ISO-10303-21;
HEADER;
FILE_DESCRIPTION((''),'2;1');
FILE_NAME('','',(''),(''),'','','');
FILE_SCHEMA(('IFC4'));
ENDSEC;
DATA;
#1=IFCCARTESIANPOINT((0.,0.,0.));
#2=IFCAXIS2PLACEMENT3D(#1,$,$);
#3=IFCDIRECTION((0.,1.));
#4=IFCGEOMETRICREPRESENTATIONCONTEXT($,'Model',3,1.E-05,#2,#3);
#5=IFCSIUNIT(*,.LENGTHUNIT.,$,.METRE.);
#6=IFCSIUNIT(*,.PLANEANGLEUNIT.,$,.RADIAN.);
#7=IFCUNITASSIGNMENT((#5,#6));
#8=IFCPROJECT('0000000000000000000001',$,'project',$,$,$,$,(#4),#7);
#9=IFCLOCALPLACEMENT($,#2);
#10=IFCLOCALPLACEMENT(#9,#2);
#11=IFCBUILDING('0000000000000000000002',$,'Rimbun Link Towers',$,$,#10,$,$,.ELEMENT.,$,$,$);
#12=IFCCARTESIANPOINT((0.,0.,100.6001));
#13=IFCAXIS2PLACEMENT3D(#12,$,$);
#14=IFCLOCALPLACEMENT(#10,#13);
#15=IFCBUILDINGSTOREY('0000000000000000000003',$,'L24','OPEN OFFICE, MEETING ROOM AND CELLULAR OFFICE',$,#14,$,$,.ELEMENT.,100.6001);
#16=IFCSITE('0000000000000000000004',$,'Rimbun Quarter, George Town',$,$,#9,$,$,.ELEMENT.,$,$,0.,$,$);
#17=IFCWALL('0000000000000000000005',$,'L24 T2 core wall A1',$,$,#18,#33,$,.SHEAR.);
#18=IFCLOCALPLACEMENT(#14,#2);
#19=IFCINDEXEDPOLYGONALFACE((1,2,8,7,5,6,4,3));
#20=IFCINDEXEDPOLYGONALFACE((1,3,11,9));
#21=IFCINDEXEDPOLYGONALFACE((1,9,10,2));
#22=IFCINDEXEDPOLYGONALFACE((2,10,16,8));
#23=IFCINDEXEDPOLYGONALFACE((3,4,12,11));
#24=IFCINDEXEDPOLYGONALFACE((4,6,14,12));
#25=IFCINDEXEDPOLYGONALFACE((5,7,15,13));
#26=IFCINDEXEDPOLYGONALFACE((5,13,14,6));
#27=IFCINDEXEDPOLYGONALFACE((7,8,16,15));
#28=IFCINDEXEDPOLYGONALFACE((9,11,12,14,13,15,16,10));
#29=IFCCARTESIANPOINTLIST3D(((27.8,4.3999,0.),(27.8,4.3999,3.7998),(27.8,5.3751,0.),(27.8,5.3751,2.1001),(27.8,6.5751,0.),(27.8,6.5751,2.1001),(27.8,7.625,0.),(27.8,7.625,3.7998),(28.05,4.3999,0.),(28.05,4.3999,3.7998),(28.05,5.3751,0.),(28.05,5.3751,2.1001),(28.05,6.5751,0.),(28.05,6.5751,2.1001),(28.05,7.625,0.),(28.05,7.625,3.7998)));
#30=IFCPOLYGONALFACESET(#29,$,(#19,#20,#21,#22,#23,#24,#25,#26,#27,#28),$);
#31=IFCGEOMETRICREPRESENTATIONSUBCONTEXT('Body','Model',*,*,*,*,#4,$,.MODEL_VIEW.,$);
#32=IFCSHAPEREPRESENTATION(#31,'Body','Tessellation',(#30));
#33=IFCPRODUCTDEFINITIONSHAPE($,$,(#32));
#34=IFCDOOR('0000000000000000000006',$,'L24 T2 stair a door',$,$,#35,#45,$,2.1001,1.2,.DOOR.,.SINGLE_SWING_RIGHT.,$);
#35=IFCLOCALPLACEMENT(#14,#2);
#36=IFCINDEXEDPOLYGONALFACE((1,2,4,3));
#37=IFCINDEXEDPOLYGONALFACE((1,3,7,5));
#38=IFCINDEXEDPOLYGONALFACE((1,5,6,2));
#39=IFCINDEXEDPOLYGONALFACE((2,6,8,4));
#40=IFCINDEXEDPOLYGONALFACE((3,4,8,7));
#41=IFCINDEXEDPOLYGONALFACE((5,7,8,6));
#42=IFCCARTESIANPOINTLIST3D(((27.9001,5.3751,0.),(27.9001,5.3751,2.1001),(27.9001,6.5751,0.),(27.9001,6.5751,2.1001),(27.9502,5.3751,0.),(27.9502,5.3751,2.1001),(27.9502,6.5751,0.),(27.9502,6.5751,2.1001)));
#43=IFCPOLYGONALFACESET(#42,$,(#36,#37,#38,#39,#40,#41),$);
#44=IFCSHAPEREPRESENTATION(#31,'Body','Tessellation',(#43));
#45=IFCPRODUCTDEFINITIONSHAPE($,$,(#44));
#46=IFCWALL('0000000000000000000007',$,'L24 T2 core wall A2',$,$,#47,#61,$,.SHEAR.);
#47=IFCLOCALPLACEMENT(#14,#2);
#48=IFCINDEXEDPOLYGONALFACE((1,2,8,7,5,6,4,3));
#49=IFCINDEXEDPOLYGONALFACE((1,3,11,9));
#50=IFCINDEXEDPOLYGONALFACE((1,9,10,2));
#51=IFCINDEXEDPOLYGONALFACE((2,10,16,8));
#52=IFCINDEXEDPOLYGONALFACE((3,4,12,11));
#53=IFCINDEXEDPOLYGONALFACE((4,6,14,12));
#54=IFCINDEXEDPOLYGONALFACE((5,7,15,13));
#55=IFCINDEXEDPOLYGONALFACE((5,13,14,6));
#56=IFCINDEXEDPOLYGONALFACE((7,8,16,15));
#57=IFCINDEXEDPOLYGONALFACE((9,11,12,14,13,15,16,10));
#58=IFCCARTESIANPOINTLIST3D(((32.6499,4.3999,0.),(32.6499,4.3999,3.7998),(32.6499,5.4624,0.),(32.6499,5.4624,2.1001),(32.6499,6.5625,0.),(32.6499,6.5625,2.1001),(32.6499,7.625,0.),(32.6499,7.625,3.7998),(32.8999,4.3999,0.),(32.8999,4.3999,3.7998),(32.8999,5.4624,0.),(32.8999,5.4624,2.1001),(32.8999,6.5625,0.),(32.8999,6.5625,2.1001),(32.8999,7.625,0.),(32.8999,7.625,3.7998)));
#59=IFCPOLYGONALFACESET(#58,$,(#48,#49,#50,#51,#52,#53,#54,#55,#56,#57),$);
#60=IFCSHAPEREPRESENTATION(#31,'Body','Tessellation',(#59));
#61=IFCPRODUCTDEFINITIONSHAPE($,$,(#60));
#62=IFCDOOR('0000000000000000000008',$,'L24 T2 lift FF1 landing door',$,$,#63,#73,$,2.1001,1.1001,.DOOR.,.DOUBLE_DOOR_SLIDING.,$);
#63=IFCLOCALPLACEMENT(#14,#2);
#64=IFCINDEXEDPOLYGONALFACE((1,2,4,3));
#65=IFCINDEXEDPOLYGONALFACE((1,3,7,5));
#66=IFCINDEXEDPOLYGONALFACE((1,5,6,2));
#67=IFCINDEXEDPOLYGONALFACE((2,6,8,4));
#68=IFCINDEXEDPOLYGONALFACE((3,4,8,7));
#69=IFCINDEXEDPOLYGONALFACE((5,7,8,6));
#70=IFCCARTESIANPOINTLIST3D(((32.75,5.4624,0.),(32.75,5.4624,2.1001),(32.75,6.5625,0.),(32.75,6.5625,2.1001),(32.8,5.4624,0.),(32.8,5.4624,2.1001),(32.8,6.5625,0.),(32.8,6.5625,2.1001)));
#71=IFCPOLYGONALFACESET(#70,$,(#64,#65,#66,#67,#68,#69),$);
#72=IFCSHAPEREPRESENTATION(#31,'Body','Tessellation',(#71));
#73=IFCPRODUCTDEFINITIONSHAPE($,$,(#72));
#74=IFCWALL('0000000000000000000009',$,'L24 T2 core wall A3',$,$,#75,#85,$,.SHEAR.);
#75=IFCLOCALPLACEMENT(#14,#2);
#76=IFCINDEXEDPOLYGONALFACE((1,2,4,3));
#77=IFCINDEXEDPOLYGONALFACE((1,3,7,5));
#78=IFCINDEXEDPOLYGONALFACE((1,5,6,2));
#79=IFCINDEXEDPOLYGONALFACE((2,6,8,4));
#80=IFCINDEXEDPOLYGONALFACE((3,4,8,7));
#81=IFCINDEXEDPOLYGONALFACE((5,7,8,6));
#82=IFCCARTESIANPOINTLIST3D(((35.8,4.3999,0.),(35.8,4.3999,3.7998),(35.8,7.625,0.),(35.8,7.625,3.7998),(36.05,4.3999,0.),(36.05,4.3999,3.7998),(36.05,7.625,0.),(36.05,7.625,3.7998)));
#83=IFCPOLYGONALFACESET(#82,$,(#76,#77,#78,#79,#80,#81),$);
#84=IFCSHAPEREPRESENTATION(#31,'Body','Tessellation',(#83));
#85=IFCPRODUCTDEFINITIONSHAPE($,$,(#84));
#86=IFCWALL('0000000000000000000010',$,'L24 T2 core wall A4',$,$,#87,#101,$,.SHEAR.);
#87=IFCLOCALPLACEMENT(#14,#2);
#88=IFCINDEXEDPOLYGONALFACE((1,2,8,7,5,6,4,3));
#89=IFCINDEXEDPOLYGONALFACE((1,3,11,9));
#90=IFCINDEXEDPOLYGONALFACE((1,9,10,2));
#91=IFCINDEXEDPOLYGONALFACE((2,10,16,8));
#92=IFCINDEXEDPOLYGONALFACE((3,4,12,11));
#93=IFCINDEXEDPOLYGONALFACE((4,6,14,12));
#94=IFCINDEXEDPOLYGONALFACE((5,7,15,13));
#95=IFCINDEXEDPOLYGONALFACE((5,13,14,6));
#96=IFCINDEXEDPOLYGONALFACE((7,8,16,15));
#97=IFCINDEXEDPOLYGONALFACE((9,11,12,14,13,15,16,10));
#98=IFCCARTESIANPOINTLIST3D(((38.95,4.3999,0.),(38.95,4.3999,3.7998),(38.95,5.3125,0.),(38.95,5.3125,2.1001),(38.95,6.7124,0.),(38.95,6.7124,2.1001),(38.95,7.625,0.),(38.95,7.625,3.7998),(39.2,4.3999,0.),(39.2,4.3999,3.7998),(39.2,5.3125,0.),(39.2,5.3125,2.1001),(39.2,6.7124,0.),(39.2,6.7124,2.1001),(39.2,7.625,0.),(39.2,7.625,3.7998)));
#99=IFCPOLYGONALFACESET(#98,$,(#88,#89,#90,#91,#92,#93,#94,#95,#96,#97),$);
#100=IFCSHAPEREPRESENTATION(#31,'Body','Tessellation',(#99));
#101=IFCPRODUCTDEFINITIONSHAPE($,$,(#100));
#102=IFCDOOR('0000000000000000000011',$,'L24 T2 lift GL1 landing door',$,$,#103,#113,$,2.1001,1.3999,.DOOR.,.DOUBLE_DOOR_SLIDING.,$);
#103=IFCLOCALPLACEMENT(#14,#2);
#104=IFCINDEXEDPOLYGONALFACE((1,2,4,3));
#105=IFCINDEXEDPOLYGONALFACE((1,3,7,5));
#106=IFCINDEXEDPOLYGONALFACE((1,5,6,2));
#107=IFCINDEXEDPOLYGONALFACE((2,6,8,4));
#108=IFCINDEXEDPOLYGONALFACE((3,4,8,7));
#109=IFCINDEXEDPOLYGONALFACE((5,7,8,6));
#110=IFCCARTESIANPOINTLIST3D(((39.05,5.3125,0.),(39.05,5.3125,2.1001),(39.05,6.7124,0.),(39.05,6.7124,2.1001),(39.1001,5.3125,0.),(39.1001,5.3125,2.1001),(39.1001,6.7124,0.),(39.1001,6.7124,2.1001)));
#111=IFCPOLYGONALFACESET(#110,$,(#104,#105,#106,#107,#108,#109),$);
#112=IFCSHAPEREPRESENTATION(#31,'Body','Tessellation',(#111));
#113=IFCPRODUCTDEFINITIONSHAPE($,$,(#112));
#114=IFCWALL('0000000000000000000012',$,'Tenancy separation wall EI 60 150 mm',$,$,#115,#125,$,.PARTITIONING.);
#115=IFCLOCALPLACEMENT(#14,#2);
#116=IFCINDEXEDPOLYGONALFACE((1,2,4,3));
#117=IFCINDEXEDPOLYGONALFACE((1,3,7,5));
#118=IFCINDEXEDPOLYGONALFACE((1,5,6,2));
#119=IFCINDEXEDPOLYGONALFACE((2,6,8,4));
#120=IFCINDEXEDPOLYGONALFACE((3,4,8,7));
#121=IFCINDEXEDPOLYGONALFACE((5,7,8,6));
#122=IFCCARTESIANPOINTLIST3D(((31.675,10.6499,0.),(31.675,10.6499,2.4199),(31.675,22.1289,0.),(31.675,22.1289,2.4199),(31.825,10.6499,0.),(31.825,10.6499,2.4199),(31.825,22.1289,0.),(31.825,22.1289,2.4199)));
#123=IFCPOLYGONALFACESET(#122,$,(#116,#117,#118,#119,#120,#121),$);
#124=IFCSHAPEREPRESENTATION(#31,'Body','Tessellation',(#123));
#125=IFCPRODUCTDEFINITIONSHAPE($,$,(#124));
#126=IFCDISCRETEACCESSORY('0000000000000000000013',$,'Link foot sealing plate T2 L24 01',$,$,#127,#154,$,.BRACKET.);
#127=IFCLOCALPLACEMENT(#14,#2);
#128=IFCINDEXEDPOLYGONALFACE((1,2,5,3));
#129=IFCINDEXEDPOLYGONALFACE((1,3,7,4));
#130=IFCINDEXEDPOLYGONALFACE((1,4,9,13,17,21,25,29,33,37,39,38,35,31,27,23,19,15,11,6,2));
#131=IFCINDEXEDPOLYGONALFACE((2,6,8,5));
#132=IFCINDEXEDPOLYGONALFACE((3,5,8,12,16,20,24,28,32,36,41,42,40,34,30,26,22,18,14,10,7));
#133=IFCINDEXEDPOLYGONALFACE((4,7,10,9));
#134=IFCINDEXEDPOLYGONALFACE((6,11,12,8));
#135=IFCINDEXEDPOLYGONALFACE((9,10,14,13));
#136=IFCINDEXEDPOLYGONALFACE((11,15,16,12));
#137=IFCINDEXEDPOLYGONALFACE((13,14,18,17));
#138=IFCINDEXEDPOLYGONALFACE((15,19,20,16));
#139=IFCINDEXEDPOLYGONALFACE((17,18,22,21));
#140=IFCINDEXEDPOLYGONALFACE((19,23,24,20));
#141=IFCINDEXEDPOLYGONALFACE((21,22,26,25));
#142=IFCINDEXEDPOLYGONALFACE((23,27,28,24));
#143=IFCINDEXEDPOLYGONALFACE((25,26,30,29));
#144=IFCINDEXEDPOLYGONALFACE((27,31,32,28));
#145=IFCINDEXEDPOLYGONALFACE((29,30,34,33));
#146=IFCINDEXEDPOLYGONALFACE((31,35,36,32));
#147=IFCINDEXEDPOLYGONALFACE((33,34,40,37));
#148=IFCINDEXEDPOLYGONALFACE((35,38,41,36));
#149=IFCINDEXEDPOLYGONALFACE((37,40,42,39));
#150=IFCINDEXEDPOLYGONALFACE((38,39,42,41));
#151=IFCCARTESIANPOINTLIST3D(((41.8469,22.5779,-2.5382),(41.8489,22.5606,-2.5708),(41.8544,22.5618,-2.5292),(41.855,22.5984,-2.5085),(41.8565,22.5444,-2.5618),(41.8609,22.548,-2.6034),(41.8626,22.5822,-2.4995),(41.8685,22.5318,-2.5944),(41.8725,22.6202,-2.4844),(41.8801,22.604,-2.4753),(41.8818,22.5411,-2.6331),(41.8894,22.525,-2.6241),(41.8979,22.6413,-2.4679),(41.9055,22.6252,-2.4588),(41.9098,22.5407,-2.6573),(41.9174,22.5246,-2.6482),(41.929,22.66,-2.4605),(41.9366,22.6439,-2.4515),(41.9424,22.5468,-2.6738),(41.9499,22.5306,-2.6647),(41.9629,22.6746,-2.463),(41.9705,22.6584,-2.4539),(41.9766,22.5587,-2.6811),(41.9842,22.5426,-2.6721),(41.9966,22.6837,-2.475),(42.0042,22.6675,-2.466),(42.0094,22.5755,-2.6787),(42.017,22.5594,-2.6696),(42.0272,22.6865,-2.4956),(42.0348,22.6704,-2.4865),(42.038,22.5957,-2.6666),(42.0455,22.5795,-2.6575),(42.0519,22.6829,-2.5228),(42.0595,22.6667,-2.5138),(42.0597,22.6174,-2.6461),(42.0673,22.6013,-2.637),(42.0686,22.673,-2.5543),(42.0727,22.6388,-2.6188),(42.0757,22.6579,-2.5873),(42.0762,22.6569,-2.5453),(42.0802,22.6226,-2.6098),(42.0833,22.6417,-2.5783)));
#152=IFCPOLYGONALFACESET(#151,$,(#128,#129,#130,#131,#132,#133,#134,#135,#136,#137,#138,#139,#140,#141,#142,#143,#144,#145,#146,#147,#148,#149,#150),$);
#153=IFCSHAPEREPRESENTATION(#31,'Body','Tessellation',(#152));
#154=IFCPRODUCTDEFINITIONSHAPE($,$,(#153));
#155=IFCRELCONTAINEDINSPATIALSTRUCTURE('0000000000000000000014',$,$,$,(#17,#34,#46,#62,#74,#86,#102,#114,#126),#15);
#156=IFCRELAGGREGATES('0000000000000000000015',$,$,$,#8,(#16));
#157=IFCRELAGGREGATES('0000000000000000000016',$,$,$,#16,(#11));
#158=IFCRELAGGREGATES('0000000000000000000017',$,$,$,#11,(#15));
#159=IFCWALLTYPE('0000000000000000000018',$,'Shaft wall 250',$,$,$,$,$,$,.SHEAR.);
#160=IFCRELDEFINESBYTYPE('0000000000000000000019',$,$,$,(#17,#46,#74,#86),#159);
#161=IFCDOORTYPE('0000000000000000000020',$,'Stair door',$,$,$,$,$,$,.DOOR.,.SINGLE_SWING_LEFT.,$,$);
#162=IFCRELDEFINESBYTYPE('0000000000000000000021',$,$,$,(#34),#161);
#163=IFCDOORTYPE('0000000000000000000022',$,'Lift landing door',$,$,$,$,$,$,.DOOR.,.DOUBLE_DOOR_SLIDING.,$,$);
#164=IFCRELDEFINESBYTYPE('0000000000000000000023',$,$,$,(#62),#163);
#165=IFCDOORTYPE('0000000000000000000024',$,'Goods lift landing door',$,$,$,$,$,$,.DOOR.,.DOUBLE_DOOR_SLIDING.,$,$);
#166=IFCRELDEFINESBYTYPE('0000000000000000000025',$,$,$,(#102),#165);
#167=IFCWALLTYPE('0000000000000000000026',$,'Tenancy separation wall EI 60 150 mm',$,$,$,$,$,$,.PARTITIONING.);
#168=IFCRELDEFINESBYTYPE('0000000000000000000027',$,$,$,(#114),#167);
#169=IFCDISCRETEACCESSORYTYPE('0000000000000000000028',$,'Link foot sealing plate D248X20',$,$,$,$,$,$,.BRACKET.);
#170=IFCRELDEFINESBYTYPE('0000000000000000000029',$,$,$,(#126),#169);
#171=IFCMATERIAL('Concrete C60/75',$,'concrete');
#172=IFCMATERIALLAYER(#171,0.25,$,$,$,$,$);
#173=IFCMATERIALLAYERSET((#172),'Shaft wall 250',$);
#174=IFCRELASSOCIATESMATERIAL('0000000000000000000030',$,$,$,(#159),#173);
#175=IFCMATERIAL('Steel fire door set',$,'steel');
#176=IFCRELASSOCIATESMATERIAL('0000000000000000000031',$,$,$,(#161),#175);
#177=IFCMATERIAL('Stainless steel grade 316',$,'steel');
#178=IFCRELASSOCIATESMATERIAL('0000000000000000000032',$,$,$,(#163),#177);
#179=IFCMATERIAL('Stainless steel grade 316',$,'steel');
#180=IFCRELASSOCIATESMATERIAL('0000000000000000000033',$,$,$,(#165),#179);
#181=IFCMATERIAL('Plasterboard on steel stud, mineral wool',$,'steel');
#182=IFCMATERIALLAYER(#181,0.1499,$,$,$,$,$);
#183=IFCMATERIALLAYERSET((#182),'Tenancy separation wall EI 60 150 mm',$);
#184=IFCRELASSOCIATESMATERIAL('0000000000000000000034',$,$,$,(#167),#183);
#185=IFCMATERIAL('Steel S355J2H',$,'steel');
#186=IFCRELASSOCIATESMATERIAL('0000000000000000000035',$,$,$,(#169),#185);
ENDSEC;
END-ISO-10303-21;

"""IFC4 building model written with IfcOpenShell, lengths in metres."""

from ifc_helpers import new_model, si_unit, direction, frame, frame_2d, origin, origin_2d, place, context, subcontext, project, spatial, rectangle, circle, extrude, material, layer, layer_set, material_profile, profile_set, type_object, element, fill, save


model = new_model("IFC4")

# Units and contexts
model_context = context("Model", 3, precision=1e-05, world=origin(), true_north=direction((0.0, 1.0)))
body_context = subcontext(model_context, "Body", "Model", "MODEL_VIEW")
ifc_project = project(units=[si_unit("LENGTHUNIT", "METRE"), si_unit("PLANEANGLEUNIT", "RADIAN")], contexts=[model_context])

# Site, building, storey
site_placement = place(None, origin())
site = spatial("IfcSite", under=ifc_project, at=site_placement, Name="Rimbun Quarter, George Town", CompositionType="ELEMENT", RefElevation=0.0)
building_placement = place(site_placement, origin())
building = spatial("IfcBuilding", under=site, at=building_placement, Name="Rimbun Link Towers", CompositionType="ELEMENT")
storey_placement = place(building_placement, frame((0.0, 0.0, 100.6001)))
storey = spatial("IfcBuildingStorey", under=building, at=storey_placement, Name="L24", Description="OPEN OFFICE, MEETING ROOM AND CELLULAR OFFICE", CompositionType="ELEMENT", Elevation=100.6001)

# Shared definitions
ifc_material_1 = material(Name="Concrete C60/75", Category="concrete")
ifc_layer_1 = layer(ifc_material_1, 0.25)
ifc_layer_set_1 = layer_set([ifc_layer_1], Name="Shaft wall 250")
wall_type_1 = type_object("IfcWallType", Name="Shaft wall 250", PredefinedType="SHEAR", material=ifc_layer_set_1)

# Walls, openings, doors
wall_1_placement = place(storey_placement, frame((27.925, 4.3999, 0.0), z_axis=(0.0, 0.0, 1.0), x_axis=(0.0, 1.0, 0.0)))
wall_1 = element("IfcWall", 1, at=wall_1_placement, inside=storey, type_object=wall_type_1, Name="L24 T2 core wall A1", PredefinedType="SHEAR", context=body_context, shape_type="SweptSolid", body=[
    extrude(rectangle(XDim=3.2251, YDim=0.25, at=frame_2d((1.6125, 0.0))), origin(), (0.0, 0.0, 1.0), 3.7998),
])
opening_1_placement = place(wall_1_placement, frame((0.9751, 0.0, 0.0)))
opening_1 = element("IfcOpeningElement", 2, at=opening_1_placement, cuts=wall_1, PredefinedType="OPENING", context=body_context, shape_type="SweptSolid", body=[
    extrude(rectangle(XDim=1.2, YDim=2.1001, at=frame_2d((0.6001, 1.05))), frame((0.0, 0.135, 0.0), z_axis=(0.0, -1.0, 0.0), x_axis=(1.0, 0.0, 0.0)), (0.0, 0.0, 1.0), 0.27),
])
ifc_material_2 = material(Name="Steel fire door set", Category="steel")
door_type_1 = type_object("IfcDoorType", Name="Stair door", OperationType="SINGLE_SWING_LEFT", PredefinedType="DOOR", material=ifc_material_2)
door_1_placement = place(opening_1_placement, origin())
door_1 = element("IfcDoor", 3, at=door_1_placement, inside=storey, type_object=door_type_1, Name="L24 T2 stair a door", OperationType="SINGLE_SWING_RIGHT", OverallHeight=2.1001, OverallWidth=1.2, PredefinedType="DOOR", context=body_context, shape_type="SweptSolid", body=[
    extrude(rectangle(XDim=1.2, YDim=2.1001, at=frame_2d((0.6001, 1.05))), frame((0.0, 0.0249, 0.0), z_axis=(0.0, -1.0, 0.0), x_axis=(1.0, 0.0, 0.0)), (0.0, 0.0, 1.0), 0.05),
])
fill(opening_1, door_1)
wall_2_placement = place(storey_placement, frame((32.7749, 4.3999, 0.0), z_axis=(0.0, 0.0, 1.0), x_axis=(0.0, 1.0, 0.0)))
wall_2 = element("IfcWall", 4, at=wall_2_placement, inside=storey, type_object=wall_type_1, Name="L24 T2 core wall A2", PredefinedType="SHEAR", context=body_context, shape_type="SweptSolid", body=[
    extrude(rectangle(XDim=3.2251, YDim=0.25, at=frame_2d((1.6125, 0.0))), origin(), (0.0, 0.0, 1.0), 3.7998),
])
opening_2_placement = place(wall_2_placement, frame((1.0625, 0.0, 0.0)))
opening_2 = element("IfcOpeningElement", 5, at=opening_2_placement, cuts=wall_2, PredefinedType="OPENING", context=body_context, shape_type="SweptSolid", body=[
    extrude(rectangle(XDim=1.1001, YDim=2.1001, at=frame_2d((0.55, 1.05))), frame((0.0, 0.135, 0.0), z_axis=(0.0, -1.0, 0.0), x_axis=(1.0, 0.0, 0.0)), (0.0, 0.0, 1.0), 0.27),
])
ifc_material_3 = material(Name="Stainless steel grade 316", Category="steel")
door_type_2 = type_object("IfcDoorType", Name="Lift landing door", OperationType="DOUBLE_DOOR_SLIDING", PredefinedType="DOOR", material=ifc_material_3)
door_2_placement = place(opening_2_placement, origin())
door_2 = element("IfcDoor", 6, at=door_2_placement, inside=storey, type_object=door_type_2, Name="L24 T2 lift FF1 landing door", OperationType="DOUBLE_DOOR_SLIDING", OverallHeight=2.1001, OverallWidth=1.1001, PredefinedType="DOOR", context=body_context, shape_type="SweptSolid", body=[
    extrude(rectangle(XDim=1.1001, YDim=2.1001, at=frame_2d((0.55, 1.05))), frame((0.0, 0.0249, 0.0), z_axis=(0.0, -1.0, 0.0), x_axis=(1.0, 0.0, 0.0)), (0.0, 0.0, 1.0), 0.05),
])
fill(opening_2, door_2)

# Wall
wall_3_placement = place(storey_placement, frame((35.925, 4.3999, 0.0), z_axis=(0.0, 0.0, 1.0), x_axis=(0.0, 1.0, 0.0)))
element("IfcWall", 7, at=wall_3_placement, inside=storey, type_object=wall_type_1, Name="L24 T2 core wall A3", PredefinedType="SHEAR", context=body_context, shape_type="SweptSolid", body=[
    extrude(rectangle(XDim=3.2251, YDim=0.25, at=frame_2d((1.6125, 0.0))), origin(), (0.0, 0.0, 1.0), 3.7998),
])

# Wall, opening, door
wall_4_placement = place(storey_placement, frame((39.075, 4.3999, 0.0), z_axis=(0.0, 0.0, 1.0), x_axis=(0.0, 1.0, 0.0)))
wall_4 = element("IfcWall", 8, at=wall_4_placement, inside=storey, type_object=wall_type_1, Name="L24 T2 core wall A4", PredefinedType="SHEAR", context=body_context, shape_type="SweptSolid", body=[
    extrude(rectangle(XDim=3.2251, YDim=0.25, at=frame_2d((1.6125, 0.0))), origin(), (0.0, 0.0, 1.0), 3.7998),
])
opening_3_placement = place(wall_4_placement, frame((0.9126, 0.0, 0.0)))
opening_3 = element("IfcOpeningElement", 9, at=opening_3_placement, cuts=wall_4, PredefinedType="OPENING", context=body_context, shape_type="SweptSolid", body=[
    extrude(rectangle(XDim=1.3999, YDim=2.1001, at=frame_2d((0.7, 1.05))), frame((0.0, 0.135, 0.0), z_axis=(0.0, -1.0, 0.0), x_axis=(1.0, 0.0, 0.0)), (0.0, 0.0, 1.0), 0.27),
])
ifc_material_4 = material(Name="Stainless steel grade 316", Category="steel")
door_type_3 = type_object("IfcDoorType", Name="Goods lift landing door", OperationType="DOUBLE_DOOR_SLIDING", PredefinedType="DOOR", material=ifc_material_4)
door_3_placement = place(opening_3_placement, origin())
door_3 = element("IfcDoor", 10, at=door_3_placement, inside=storey, type_object=door_type_3, Name="L24 T2 lift GL1 landing door", OperationType="DOUBLE_DOOR_SLIDING", OverallHeight=2.1001, OverallWidth=1.3999, PredefinedType="DOOR", context=body_context, shape_type="SweptSolid", body=[
    extrude(rectangle(XDim=1.3999, YDim=2.1001, at=frame_2d((0.7, 1.05))), frame((0.0, 0.0249, 0.0), z_axis=(0.0, -1.0, 0.0), x_axis=(1.0, 0.0, 0.0)), (0.0, 0.0, 1.0), 0.05),
])
fill(opening_3, door_3)

# Wall
ifc_material_5 = material(Name="Plasterboard on steel stud, mineral wool", Category="steel")
ifc_layer_2 = layer(ifc_material_5, 0.1499)
ifc_layer_set_2 = layer_set([ifc_layer_2], Name="Tenancy separation wall EI 60 150 mm")
wall_type_2 = type_object("IfcWallType", Name="Tenancy separation wall EI 60 150 mm", PredefinedType="PARTITIONING", material=ifc_layer_set_2)
wall_5_placement = place(storey_placement, frame((31.75, 10.6499, 0.0), z_axis=(0.0, 0.0, 1.0), x_axis=(0.0, 1.0, 0.0)))
element("IfcWall", 11, at=wall_5_placement, inside=storey, type_object=wall_type_2, Name="Tenancy separation wall EI 60 150 mm", PredefinedType="PARTITIONING", context=body_context, shape_type="SweptSolid", body=[
    extrude(rectangle(XDim=11.479, YDim=0.1499, at=frame_2d((5.7395, 0.0))), origin(), (0.0, 0.0, 1.0), 2.4199),
])

# Discrete accessory
ifc_material_6 = material(Name="Steel S355J2H", Category="steel")
ifc_material_profile_1 = material_profile(ifc_material_6, circle(Radius=0.124, at=origin_2d()), Name="PL D248")
ifc_profile_set_1 = profile_set([ifc_material_profile_1], Name="Steel S355J2H")
discrete_accessory_type = type_object("IfcDiscreteAccessoryType", Name="Link foot sealing plate D248X20", PredefinedType="BRACKET", material=ifc_profile_set_1)
discrete_accessory_1_placement = place(storey_placement, frame((41.9688, 22.5972, -2.5618), z_axis=(-0.379122, 0.807162, -0.4525), x_axis=(-0.905129, -0.425136, 0.0)))
element("IfcDiscreteAccessory", 12, at=discrete_accessory_1_placement, inside=storey, type_object=discrete_accessory_type, Name="Link foot sealing plate T2 L24 01", PredefinedType="BRACKET", context=body_context, shape_type="SweptSolid", body=[
    extrude(circle(Radius=0.124, at=origin_2d()), origin(), (0.0, 0.0, 1.0), 0.02),
])

save(model, "model.ifc")
